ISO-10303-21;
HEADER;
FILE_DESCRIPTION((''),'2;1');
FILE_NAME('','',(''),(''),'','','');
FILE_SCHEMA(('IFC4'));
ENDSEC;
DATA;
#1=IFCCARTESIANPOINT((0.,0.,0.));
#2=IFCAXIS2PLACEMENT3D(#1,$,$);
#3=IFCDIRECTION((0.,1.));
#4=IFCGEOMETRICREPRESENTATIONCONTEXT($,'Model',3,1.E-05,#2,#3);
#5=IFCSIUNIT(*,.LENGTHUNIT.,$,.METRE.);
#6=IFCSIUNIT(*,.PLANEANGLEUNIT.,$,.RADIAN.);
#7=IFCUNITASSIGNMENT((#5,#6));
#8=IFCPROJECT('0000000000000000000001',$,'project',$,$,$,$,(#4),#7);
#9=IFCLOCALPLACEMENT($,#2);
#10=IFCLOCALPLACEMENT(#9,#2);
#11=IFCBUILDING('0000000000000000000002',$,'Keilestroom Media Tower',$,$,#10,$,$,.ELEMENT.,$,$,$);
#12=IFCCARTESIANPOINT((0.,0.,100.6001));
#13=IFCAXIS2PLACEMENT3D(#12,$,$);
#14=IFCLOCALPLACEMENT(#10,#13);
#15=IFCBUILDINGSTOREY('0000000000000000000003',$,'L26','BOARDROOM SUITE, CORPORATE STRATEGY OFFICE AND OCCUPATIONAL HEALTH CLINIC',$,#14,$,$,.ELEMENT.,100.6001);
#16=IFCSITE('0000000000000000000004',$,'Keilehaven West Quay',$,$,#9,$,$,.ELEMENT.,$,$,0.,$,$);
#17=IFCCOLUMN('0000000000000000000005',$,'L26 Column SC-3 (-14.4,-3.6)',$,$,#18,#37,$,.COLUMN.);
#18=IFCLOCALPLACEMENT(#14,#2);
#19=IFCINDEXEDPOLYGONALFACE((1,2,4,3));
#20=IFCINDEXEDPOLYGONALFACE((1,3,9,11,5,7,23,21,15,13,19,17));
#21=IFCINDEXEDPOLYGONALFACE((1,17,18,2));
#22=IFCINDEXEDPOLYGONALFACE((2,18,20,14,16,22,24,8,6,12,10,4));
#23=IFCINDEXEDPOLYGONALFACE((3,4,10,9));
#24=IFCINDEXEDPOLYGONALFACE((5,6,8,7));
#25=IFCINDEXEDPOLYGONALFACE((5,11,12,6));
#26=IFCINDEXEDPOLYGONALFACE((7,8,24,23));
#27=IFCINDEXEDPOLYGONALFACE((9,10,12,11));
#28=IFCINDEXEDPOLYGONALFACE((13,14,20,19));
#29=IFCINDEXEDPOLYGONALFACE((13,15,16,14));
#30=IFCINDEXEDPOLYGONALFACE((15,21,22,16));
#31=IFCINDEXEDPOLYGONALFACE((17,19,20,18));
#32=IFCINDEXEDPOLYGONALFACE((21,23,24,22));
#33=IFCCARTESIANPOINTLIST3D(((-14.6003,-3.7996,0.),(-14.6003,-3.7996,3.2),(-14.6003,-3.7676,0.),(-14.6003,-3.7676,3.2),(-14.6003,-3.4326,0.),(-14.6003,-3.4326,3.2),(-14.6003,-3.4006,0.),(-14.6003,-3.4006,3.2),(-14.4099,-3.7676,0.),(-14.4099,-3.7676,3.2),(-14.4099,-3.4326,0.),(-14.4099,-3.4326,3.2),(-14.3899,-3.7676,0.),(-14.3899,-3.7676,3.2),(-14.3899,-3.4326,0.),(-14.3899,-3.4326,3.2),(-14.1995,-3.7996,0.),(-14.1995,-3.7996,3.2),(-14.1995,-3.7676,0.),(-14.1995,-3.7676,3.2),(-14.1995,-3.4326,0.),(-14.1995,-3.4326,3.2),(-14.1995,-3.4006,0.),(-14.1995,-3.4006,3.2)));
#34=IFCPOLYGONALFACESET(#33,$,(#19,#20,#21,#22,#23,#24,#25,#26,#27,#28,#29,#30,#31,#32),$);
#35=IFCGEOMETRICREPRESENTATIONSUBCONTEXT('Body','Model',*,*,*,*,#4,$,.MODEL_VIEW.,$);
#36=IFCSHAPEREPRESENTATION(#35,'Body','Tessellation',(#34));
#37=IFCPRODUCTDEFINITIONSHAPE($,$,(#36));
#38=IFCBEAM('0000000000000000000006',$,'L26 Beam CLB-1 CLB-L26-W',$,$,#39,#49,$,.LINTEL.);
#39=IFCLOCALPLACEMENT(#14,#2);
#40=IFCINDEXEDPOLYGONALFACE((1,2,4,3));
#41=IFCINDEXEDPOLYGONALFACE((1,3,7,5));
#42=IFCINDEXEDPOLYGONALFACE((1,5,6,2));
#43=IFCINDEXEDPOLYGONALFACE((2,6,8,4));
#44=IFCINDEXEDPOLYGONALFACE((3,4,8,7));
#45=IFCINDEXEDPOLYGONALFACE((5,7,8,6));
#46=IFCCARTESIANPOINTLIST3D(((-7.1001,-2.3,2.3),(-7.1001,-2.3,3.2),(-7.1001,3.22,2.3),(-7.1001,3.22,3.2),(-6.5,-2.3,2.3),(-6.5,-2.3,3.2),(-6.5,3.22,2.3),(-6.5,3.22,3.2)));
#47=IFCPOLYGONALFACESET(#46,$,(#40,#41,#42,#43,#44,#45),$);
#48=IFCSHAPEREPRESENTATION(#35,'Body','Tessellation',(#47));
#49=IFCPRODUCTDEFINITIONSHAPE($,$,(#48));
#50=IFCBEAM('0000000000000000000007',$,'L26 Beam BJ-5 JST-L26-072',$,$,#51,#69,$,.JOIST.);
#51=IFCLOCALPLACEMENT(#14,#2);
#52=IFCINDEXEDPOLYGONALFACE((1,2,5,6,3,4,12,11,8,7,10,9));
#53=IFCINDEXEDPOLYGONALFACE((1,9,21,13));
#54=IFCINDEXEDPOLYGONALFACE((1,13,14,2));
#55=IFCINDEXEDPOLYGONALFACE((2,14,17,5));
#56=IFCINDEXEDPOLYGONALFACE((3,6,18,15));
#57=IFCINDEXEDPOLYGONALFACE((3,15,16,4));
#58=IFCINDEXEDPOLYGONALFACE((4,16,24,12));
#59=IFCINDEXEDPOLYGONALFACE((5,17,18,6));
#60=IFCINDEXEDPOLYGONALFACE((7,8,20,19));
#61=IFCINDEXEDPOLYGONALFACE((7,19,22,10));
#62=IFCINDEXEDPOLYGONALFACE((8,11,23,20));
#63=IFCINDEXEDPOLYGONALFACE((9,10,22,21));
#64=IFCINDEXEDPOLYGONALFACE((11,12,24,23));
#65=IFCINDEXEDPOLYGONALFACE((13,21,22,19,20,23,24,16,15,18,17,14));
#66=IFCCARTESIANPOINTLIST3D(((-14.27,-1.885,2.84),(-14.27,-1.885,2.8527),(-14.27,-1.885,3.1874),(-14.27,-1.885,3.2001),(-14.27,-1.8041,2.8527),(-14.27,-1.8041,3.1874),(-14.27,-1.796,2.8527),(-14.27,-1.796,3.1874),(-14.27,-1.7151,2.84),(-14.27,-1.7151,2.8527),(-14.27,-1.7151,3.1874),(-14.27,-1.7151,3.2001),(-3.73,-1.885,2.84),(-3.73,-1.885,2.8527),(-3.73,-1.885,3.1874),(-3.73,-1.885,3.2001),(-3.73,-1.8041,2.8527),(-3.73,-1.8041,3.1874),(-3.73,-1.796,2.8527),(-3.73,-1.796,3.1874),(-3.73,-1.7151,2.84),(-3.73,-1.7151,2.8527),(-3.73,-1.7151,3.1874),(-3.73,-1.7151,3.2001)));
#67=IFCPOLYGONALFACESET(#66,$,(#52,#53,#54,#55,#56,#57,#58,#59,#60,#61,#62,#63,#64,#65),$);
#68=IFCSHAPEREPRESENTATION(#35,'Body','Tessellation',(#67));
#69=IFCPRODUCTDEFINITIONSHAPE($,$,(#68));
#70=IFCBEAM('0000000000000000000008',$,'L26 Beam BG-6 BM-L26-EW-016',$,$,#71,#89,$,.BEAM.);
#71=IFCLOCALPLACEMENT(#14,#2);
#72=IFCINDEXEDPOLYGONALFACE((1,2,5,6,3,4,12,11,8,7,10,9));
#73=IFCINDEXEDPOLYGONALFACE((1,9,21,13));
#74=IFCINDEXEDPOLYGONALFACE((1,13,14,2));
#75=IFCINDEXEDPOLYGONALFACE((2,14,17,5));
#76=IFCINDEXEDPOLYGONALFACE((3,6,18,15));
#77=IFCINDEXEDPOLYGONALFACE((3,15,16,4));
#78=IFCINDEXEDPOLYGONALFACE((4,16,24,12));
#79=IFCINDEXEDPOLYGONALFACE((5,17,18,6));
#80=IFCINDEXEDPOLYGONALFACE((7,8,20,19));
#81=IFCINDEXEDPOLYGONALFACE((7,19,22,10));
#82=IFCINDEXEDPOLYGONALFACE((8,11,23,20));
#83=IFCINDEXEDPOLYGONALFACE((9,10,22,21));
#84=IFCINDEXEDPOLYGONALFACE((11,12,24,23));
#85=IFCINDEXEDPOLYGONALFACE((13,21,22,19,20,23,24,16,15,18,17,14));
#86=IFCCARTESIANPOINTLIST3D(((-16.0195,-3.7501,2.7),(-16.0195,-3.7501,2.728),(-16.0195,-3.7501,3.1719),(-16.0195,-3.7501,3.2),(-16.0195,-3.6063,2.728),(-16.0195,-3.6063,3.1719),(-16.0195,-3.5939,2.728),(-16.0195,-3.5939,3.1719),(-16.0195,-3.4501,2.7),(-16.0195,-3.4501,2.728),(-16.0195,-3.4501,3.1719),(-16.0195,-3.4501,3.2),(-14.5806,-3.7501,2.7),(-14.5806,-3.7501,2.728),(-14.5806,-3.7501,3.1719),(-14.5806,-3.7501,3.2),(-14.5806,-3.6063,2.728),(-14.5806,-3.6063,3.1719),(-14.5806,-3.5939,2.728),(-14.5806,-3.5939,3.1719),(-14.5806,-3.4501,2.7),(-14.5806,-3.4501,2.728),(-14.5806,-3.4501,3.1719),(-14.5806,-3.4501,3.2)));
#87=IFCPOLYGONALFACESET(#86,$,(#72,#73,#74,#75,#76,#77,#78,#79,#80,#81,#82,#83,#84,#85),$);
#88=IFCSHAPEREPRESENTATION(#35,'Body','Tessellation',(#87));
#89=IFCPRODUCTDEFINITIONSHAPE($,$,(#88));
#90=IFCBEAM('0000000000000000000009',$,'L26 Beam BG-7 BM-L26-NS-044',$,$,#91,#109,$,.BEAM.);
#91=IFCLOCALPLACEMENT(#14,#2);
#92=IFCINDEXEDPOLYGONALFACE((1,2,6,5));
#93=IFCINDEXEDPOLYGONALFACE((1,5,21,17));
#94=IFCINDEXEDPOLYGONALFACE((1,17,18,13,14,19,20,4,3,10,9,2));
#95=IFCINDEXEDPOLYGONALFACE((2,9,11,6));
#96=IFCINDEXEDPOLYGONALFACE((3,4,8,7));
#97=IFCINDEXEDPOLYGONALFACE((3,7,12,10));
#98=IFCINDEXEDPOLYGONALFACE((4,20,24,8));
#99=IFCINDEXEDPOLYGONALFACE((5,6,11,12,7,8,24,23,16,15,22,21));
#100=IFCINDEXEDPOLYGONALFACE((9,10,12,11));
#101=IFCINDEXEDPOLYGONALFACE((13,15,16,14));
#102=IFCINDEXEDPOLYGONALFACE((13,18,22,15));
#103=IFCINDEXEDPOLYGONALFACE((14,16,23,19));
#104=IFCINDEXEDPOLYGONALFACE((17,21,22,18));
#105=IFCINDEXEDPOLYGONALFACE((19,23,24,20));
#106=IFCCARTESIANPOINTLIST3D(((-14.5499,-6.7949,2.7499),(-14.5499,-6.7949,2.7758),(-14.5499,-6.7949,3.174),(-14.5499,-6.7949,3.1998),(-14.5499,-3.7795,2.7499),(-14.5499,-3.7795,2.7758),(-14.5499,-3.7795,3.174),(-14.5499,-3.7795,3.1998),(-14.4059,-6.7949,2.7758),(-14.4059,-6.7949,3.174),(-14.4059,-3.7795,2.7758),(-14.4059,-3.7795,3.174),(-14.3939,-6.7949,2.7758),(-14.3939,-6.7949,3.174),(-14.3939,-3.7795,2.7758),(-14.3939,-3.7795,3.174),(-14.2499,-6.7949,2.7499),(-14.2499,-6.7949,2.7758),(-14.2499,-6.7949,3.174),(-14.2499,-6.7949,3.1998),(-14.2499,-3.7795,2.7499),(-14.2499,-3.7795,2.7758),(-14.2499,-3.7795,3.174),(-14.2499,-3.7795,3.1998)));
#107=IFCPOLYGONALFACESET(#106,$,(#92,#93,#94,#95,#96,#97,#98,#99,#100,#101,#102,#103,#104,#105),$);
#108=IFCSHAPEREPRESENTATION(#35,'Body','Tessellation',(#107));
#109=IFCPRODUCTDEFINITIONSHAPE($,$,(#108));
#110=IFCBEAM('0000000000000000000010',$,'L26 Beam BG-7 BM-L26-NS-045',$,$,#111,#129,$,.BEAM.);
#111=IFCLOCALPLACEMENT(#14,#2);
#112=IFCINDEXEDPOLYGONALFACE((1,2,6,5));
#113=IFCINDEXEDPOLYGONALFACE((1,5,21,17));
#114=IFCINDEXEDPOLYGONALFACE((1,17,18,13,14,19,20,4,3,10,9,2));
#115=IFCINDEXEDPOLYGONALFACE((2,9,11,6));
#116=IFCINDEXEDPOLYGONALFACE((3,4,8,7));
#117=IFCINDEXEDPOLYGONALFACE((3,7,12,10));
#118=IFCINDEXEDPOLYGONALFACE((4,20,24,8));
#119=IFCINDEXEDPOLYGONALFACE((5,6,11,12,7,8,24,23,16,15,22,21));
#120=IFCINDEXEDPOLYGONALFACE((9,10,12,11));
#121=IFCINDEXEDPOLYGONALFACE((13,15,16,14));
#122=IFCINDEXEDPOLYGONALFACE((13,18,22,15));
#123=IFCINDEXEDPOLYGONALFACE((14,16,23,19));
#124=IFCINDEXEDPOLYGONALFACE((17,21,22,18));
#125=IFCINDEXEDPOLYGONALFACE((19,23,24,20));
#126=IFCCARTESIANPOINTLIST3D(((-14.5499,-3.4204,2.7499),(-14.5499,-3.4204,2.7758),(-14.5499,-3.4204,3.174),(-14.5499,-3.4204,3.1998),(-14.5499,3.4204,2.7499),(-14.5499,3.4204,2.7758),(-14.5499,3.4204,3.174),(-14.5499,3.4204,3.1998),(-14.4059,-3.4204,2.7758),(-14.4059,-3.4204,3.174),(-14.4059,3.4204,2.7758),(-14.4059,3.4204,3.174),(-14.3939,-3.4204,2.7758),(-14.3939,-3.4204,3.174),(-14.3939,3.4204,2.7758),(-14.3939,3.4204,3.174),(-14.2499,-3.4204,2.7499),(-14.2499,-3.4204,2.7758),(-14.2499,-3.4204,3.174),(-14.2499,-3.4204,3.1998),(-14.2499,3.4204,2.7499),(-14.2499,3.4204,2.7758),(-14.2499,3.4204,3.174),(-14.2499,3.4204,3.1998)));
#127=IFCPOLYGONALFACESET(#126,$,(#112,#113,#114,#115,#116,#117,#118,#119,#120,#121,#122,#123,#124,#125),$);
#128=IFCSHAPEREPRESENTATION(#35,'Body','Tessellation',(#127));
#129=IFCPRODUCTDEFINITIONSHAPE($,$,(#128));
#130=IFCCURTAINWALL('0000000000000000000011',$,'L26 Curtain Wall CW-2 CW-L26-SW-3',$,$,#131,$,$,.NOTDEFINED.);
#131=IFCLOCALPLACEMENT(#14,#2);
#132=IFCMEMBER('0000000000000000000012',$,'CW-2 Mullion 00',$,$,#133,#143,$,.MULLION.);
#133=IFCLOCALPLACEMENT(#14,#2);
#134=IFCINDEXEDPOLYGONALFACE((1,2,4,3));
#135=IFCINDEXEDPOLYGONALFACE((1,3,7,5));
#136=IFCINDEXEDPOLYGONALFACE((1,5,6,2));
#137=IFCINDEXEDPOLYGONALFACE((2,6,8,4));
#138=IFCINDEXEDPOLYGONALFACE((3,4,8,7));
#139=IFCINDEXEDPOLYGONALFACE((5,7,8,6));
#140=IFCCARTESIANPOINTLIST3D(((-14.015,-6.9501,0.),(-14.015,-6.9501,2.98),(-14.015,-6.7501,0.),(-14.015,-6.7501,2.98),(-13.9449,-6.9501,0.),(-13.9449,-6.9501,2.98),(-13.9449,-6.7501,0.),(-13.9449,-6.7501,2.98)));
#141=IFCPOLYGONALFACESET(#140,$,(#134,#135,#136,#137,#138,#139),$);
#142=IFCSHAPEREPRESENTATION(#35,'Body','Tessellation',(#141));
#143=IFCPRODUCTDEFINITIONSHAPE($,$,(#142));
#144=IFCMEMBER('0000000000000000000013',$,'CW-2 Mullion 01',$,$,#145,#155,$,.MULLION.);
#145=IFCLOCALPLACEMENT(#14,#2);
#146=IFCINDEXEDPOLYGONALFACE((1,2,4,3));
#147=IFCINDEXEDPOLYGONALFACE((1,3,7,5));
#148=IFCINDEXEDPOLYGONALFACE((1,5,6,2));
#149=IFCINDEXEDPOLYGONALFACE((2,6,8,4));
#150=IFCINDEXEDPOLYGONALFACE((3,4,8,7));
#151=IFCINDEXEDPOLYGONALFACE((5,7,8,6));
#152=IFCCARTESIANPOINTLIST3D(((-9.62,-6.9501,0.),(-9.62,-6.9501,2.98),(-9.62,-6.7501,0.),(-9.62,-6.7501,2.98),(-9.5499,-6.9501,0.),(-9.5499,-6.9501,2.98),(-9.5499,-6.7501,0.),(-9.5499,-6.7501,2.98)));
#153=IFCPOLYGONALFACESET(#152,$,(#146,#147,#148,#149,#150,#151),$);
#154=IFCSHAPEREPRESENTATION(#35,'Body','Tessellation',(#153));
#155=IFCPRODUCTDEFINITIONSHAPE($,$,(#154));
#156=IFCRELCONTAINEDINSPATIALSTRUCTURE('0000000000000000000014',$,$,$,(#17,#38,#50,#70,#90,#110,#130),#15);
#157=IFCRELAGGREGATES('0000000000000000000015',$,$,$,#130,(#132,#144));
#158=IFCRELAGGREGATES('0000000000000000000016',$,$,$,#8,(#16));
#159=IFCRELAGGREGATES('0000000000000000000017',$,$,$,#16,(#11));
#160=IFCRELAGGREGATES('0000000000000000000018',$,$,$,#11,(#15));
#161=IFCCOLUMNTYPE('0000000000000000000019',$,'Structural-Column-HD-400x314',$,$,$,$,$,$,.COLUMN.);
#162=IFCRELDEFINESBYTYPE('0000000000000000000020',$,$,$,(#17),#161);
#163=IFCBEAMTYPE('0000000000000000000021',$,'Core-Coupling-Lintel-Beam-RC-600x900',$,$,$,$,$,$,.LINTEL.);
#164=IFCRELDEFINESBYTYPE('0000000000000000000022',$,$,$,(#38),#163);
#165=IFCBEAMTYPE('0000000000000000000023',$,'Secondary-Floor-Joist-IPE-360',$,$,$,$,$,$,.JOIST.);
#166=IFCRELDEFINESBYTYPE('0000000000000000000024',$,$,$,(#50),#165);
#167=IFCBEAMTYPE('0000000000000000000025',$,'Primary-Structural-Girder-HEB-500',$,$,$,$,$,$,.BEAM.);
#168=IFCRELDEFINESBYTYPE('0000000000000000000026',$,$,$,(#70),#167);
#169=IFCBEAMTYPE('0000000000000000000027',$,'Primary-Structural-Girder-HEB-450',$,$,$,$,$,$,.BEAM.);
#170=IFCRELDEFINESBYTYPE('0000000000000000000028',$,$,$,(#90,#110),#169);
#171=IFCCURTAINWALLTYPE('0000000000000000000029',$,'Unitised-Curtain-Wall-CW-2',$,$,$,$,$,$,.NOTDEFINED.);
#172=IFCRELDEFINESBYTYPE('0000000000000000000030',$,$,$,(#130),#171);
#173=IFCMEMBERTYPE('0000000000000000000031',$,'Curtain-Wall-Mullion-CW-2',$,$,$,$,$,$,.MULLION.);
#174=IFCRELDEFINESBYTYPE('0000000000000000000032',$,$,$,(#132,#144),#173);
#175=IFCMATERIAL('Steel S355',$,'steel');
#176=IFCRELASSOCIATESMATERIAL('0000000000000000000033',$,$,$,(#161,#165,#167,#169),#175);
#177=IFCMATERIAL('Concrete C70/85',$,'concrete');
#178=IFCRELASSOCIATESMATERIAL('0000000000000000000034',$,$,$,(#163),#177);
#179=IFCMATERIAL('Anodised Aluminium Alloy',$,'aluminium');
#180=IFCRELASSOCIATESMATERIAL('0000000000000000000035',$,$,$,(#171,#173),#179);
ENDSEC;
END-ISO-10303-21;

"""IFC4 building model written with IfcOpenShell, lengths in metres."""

from ifc_helpers import new_model, si_unit, direction, frame, origin, origin_2d, place, context, subcontext, project, spatial, rectangle, i_section, extrude, source, transform, mapped, material, material_profile, profile_set, type_object, element, aggregate, save


model = new_model("IFC4")

# Units and contexts
model_context = context("Model", 3, precision=1e-05, world=origin(), true_north=direction((0.0, 1.0)))
body_context = subcontext(model_context, "Body", "Model", "MODEL_VIEW")
ifc_project = project(units=[si_unit("LENGTHUNIT", "METRE"), si_unit("PLANEANGLEUNIT", "RADIAN")], contexts=[model_context])

# Site, building, storey
site_placement = place(None, origin())
site = spatial("IfcSite", under=ifc_project, at=site_placement, Name="Keilehaven West Quay", CompositionType="ELEMENT", RefElevation=0.0)
building_placement = place(site_placement, origin())
building = spatial("IfcBuilding", under=site, at=building_placement, Name="Keilestroom Media Tower", CompositionType="ELEMENT")
storey_placement = place(building_placement, frame((0.0, 0.0, 100.6001)))
storey = spatial("IfcBuildingStorey", under=building, at=storey_placement, Name="L26", Description="BOARDROOM SUITE, CORPORATE STRATEGY OFFICE AND OCCUPATIONAL HEALTH CLINIC", CompositionType="ELEMENT", Elevation=100.6001)

# Column
ifc_material_1 = material(Name="Steel S355", Category="steel")
ifc_material_profile_1 = material_profile(ifc_material_1, i_section(OverallWidth=0.4009, OverallDepth=0.3989, WebThickness=0.02, FlangeThickness=0.032, at=origin_2d()), Name="HD 400x314")
ifc_profile_set_1 = profile_set([ifc_material_profile_1], Name="Steel S355")
column_type = type_object("IfcColumnType", Name="Structural-Column-HD-400x314", PredefinedType="COLUMN", material=ifc_profile_set_1)
shared_shape_1 = source(origin(), body_context, "Body", "SweptSolid", [
    extrude(i_section(OverallWidth=0.4009, OverallDepth=0.3989, WebThickness=0.02, FlangeThickness=0.032, at=origin_2d()), origin(), (0.0, 0.0, 1.0), 3.2),
])
column_placement = place(storey_placement, frame((-14.3999, -3.6001, 0.0), z_axis=(0.0, 0.0, 1.0), x_axis=(1.0, 0.0, 0.0)))
element("IfcColumn", 1, at=column_placement, inside=storey, type_object=column_type, Name="L26 Column SC-3 (-14.4,-3.6)", PredefinedType="COLUMN", context=body_context, shape_type="MappedRepresentation", body=[
    mapped(shared_shape_1, transform((0.0, 0.0, 0.0), x_axis=(1.0, 0.0, 0.0), y_axis=(0.0, 1.0, 0.0), z_axis=(0.0, 0.0, 1.0), scale=1.0)),
])

# Beams
ifc_material_2 = material(Name="Concrete C70/85", Category="concrete")
ifc_material_profile_2 = material_profile(ifc_material_2, rectangle(XDim=0.6001, YDim=0.8999, at=origin_2d()), Name="RC 600x900")
ifc_profile_set_2 = profile_set([ifc_material_profile_2], Name="Concrete C70/85")
beam_type_1 = type_object("IfcBeamType", Name="Core-Coupling-Lintel-Beam-RC-600x900", PredefinedType="LINTEL", material=ifc_profile_set_2)
shared_shape_2 = source(origin(), body_context, "Body", "SweptSolid", [
    extrude(rectangle(XDim=0.6001, YDim=0.8999, at=origin_2d()), origin(), (0.0, 0.0, 1.0), 5.52),
])
beam_1_placement = place(storey_placement, frame((-6.8, -2.3, 2.75), z_axis=(0.0, 1.0, 0.0), x_axis=(-1.0, 0.0, 0.0)))
element("IfcBeam", 2, at=beam_1_placement, inside=storey, type_object=beam_type_1, Name="L26 Beam CLB-1 CLB-L26-W", PredefinedType="LINTEL", context=body_context, shape_type="MappedRepresentation", body=[
    mapped(shared_shape_2, transform((0.0, 0.0, 0.0), x_axis=(1.0, 0.0, 0.0), y_axis=(0.0, 1.0, 0.0), z_axis=(0.0, 0.0, 1.0), scale=1.0)),
])
ifc_material_profile_3 = material_profile(ifc_material_1, i_section(OverallWidth=0.1699, OverallDepth=0.3601, WebThickness=0.0081, FlangeThickness=0.0127, at=origin_2d()), Name="IPE 360")
ifc_profile_set_3 = profile_set([ifc_material_profile_3], Name="Steel S355")
beam_type_2 = type_object("IfcBeamType", Name="Secondary-Floor-Joist-IPE-360", PredefinedType="JOIST", material=ifc_profile_set_3)
shared_shape_3 = source(origin(), body_context, "Body", "SweptSolid", [
    extrude(i_section(OverallWidth=0.1699, OverallDepth=0.3601, WebThickness=0.0081, FlangeThickness=0.0127, at=origin_2d()), origin(), (0.0, 0.0, 1.0), 10.54),
])
beam_2_placement = place(storey_placement, frame((-14.27, -1.8, 3.02), z_axis=(1.0, 0.0, 0.0), x_axis=(0.0, 1.0, 0.0)))
element("IfcBeam", 3, at=beam_2_placement, inside=storey, type_object=beam_type_2, Name="L26 Beam BJ-5 JST-L26-072", PredefinedType="JOIST", context=body_context, shape_type="MappedRepresentation", body=[
    mapped(shared_shape_3, transform((0.0, 0.0, 0.0), x_axis=(1.0, 0.0, 0.0), y_axis=(0.0, 1.0, 0.0), z_axis=(0.0, 0.0, 1.0), scale=1.0)),
])
ifc_material_profile_4 = material_profile(ifc_material_1, i_section(OverallWidth=0.3, OverallDepth=0.5, WebThickness=0.0125, FlangeThickness=0.0281, at=origin_2d()), Name="HEB 500")
ifc_profile_set_4 = profile_set([ifc_material_profile_4], Name="Steel S355")
beam_type_3 = type_object("IfcBeamType", Name="Primary-Structural-Girder-HEB-500", PredefinedType="BEAM", material=ifc_profile_set_4)
shared_shape_4 = source(origin(), body_context, "Body", "SweptSolid", [
    extrude(i_section(OverallWidth=0.3, OverallDepth=0.5, WebThickness=0.0125, FlangeThickness=0.0281, at=origin_2d()), origin(), (0.0, 0.0, 1.0), 1.439),
])
beam_3_placement = place(storey_placement, frame((-16.0195, -3.6001, 2.95), z_axis=(1.0, 0.0, 0.0), x_axis=(0.0, 1.0, 0.0)))
element("IfcBeam", 4, at=beam_3_placement, inside=storey, type_object=beam_type_3, Name="L26 Beam BG-6 BM-L26-EW-016", PredefinedType="BEAM", context=body_context, shape_type="MappedRepresentation", body=[
    mapped(shared_shape_4, transform((0.0, 0.0, 0.0), x_axis=(1.0, 0.0, 0.0), y_axis=(0.0, 1.0, 0.0), z_axis=(0.0, 0.0, 1.0), scale=1.0)),
])
ifc_material_profile_5 = material_profile(ifc_material_1, i_section(OverallWidth=0.3, OverallDepth=0.45, WebThickness=0.012, FlangeThickness=0.0259, at=origin_2d()), Name="HEB 450")
ifc_profile_set_5 = profile_set([ifc_material_profile_5], Name="Steel S355")
beam_type_4 = type_object("IfcBeamType", Name="Primary-Structural-Girder-HEB-450", PredefinedType="BEAM", material=ifc_profile_set_5)
shared_shape_5 = source(origin(), body_context, "Body", "SweptSolid", [
    extrude(i_section(OverallWidth=0.3, OverallDepth=0.45, WebThickness=0.012, FlangeThickness=0.0259, at=origin_2d()), origin(), (0.0, 0.0, 1.0), 3.0154),
])
beam_4_placement = place(storey_placement, frame((-14.3999, -6.7949, 2.9749), z_axis=(0.0, 1.0, 0.0), x_axis=(-1.0, 0.0, 0.0)))
element("IfcBeam", 5, at=beam_4_placement, inside=storey, type_object=beam_type_4, Name="L26 Beam BG-7 BM-L26-NS-044", PredefinedType="BEAM", context=body_context, shape_type="MappedRepresentation", body=[
    mapped(shared_shape_5, transform((0.0, 0.0, 0.0), x_axis=(1.0, 0.0, 0.0), y_axis=(0.0, 1.0, 0.0), z_axis=(0.0, 0.0, 1.0), scale=1.0)),
])
shared_shape_6 = source(origin(), body_context, "Body", "SweptSolid", [
    extrude(i_section(OverallWidth=0.3, OverallDepth=0.45, WebThickness=0.012, FlangeThickness=0.0259, at=origin_2d()), origin(), (0.0, 0.0, 1.0), 6.8408),
])
beam_5_placement = place(storey_placement, frame((-14.3999, -3.4204, 2.9749), z_axis=(0.0, 1.0, 0.0), x_axis=(-1.0, 0.0, 0.0)))
element("IfcBeam", 6, at=beam_5_placement, inside=storey, type_object=beam_type_4, Name="L26 Beam BG-7 BM-L26-NS-045", PredefinedType="BEAM", context=body_context, shape_type="MappedRepresentation", body=[
    mapped(shared_shape_6, transform((0.0, 0.0, 0.0), x_axis=(1.0, 0.0, 0.0), y_axis=(0.0, 1.0, 0.0), z_axis=(0.0, 0.0, 1.0), scale=1.0)),
])

# Curtain wall, members
ifc_material_3 = material(Name="Anodised Aluminium Alloy", Category="aluminium")
curtain_wall_type = type_object("IfcCurtainWallType", Name="Unitised-Curtain-Wall-CW-2", PredefinedType="NOTDEFINED", material=ifc_material_3)
curtain_wall_placement = place(storey_placement, origin())
curtain_wall = element("IfcCurtainWall", 7, at=curtain_wall_placement, inside=storey, type_object=curtain_wall_type, Name="L26 Curtain Wall CW-2 CW-L26-SW-3", PredefinedType="NOTDEFINED")
ifc_material_profile_6 = material_profile(ifc_material_3, rectangle(XDim=0.0701, YDim=0.2, at=origin_2d()), Name="ALU MULLION 70x200")
ifc_profile_set_6 = profile_set([ifc_material_profile_6], Name="Anodised Aluminium Alloy")
member_type_1 = type_object("IfcMemberType", Name="Curtain-Wall-Mullion-CW-2", PredefinedType="MULLION", material=ifc_profile_set_6)
shared_shape_7 = source(origin(), body_context, "Body", "SweptSolid", [
    extrude(rectangle(XDim=0.0701, YDim=0.2, at=origin_2d()), origin(), (0.0, 0.0, 1.0), 2.98),
])
member_1_placement = place(storey_placement, frame((-13.98, -6.8501, 0.0), z_axis=(0.0, 0.0, 1.0), x_axis=(1.0, 0.0, 0.0)))
member_1 = element("IfcMember", 8, at=member_1_placement, type_object=member_type_1, Name="CW-2 Mullion 00", PredefinedType="MULLION", context=body_context, shape_type="MappedRepresentation", body=[
    mapped(shared_shape_7, transform((0.0, 0.0, 0.0), x_axis=(1.0, 0.0, 0.0), y_axis=(0.0, 1.0, 0.0), z_axis=(0.0, 0.0, 1.0), scale=1.0)),
])
member_2_placement = place(storey_placement, frame((-9.585, -6.8501, 0.0), z_axis=(0.0, 0.0, 1.0), x_axis=(1.0, 0.0, 0.0)))
member_2 = element("IfcMember", 9, at=member_2_placement, type_object=member_type_1, Name="CW-2 Mullion 01", PredefinedType="MULLION", context=body_context, shape_type="MappedRepresentation", body=[
    mapped(shared_shape_7, transform((0.0, 0.0, 0.0), x_axis=(1.0, 0.0, 0.0), y_axis=(0.0, 1.0, 0.0), z_axis=(0.0, 0.0, 1.0), scale=1.0)),
])
aggregate(curtain_wall, [member_1, member_2])

save(model, "model.ifc")
